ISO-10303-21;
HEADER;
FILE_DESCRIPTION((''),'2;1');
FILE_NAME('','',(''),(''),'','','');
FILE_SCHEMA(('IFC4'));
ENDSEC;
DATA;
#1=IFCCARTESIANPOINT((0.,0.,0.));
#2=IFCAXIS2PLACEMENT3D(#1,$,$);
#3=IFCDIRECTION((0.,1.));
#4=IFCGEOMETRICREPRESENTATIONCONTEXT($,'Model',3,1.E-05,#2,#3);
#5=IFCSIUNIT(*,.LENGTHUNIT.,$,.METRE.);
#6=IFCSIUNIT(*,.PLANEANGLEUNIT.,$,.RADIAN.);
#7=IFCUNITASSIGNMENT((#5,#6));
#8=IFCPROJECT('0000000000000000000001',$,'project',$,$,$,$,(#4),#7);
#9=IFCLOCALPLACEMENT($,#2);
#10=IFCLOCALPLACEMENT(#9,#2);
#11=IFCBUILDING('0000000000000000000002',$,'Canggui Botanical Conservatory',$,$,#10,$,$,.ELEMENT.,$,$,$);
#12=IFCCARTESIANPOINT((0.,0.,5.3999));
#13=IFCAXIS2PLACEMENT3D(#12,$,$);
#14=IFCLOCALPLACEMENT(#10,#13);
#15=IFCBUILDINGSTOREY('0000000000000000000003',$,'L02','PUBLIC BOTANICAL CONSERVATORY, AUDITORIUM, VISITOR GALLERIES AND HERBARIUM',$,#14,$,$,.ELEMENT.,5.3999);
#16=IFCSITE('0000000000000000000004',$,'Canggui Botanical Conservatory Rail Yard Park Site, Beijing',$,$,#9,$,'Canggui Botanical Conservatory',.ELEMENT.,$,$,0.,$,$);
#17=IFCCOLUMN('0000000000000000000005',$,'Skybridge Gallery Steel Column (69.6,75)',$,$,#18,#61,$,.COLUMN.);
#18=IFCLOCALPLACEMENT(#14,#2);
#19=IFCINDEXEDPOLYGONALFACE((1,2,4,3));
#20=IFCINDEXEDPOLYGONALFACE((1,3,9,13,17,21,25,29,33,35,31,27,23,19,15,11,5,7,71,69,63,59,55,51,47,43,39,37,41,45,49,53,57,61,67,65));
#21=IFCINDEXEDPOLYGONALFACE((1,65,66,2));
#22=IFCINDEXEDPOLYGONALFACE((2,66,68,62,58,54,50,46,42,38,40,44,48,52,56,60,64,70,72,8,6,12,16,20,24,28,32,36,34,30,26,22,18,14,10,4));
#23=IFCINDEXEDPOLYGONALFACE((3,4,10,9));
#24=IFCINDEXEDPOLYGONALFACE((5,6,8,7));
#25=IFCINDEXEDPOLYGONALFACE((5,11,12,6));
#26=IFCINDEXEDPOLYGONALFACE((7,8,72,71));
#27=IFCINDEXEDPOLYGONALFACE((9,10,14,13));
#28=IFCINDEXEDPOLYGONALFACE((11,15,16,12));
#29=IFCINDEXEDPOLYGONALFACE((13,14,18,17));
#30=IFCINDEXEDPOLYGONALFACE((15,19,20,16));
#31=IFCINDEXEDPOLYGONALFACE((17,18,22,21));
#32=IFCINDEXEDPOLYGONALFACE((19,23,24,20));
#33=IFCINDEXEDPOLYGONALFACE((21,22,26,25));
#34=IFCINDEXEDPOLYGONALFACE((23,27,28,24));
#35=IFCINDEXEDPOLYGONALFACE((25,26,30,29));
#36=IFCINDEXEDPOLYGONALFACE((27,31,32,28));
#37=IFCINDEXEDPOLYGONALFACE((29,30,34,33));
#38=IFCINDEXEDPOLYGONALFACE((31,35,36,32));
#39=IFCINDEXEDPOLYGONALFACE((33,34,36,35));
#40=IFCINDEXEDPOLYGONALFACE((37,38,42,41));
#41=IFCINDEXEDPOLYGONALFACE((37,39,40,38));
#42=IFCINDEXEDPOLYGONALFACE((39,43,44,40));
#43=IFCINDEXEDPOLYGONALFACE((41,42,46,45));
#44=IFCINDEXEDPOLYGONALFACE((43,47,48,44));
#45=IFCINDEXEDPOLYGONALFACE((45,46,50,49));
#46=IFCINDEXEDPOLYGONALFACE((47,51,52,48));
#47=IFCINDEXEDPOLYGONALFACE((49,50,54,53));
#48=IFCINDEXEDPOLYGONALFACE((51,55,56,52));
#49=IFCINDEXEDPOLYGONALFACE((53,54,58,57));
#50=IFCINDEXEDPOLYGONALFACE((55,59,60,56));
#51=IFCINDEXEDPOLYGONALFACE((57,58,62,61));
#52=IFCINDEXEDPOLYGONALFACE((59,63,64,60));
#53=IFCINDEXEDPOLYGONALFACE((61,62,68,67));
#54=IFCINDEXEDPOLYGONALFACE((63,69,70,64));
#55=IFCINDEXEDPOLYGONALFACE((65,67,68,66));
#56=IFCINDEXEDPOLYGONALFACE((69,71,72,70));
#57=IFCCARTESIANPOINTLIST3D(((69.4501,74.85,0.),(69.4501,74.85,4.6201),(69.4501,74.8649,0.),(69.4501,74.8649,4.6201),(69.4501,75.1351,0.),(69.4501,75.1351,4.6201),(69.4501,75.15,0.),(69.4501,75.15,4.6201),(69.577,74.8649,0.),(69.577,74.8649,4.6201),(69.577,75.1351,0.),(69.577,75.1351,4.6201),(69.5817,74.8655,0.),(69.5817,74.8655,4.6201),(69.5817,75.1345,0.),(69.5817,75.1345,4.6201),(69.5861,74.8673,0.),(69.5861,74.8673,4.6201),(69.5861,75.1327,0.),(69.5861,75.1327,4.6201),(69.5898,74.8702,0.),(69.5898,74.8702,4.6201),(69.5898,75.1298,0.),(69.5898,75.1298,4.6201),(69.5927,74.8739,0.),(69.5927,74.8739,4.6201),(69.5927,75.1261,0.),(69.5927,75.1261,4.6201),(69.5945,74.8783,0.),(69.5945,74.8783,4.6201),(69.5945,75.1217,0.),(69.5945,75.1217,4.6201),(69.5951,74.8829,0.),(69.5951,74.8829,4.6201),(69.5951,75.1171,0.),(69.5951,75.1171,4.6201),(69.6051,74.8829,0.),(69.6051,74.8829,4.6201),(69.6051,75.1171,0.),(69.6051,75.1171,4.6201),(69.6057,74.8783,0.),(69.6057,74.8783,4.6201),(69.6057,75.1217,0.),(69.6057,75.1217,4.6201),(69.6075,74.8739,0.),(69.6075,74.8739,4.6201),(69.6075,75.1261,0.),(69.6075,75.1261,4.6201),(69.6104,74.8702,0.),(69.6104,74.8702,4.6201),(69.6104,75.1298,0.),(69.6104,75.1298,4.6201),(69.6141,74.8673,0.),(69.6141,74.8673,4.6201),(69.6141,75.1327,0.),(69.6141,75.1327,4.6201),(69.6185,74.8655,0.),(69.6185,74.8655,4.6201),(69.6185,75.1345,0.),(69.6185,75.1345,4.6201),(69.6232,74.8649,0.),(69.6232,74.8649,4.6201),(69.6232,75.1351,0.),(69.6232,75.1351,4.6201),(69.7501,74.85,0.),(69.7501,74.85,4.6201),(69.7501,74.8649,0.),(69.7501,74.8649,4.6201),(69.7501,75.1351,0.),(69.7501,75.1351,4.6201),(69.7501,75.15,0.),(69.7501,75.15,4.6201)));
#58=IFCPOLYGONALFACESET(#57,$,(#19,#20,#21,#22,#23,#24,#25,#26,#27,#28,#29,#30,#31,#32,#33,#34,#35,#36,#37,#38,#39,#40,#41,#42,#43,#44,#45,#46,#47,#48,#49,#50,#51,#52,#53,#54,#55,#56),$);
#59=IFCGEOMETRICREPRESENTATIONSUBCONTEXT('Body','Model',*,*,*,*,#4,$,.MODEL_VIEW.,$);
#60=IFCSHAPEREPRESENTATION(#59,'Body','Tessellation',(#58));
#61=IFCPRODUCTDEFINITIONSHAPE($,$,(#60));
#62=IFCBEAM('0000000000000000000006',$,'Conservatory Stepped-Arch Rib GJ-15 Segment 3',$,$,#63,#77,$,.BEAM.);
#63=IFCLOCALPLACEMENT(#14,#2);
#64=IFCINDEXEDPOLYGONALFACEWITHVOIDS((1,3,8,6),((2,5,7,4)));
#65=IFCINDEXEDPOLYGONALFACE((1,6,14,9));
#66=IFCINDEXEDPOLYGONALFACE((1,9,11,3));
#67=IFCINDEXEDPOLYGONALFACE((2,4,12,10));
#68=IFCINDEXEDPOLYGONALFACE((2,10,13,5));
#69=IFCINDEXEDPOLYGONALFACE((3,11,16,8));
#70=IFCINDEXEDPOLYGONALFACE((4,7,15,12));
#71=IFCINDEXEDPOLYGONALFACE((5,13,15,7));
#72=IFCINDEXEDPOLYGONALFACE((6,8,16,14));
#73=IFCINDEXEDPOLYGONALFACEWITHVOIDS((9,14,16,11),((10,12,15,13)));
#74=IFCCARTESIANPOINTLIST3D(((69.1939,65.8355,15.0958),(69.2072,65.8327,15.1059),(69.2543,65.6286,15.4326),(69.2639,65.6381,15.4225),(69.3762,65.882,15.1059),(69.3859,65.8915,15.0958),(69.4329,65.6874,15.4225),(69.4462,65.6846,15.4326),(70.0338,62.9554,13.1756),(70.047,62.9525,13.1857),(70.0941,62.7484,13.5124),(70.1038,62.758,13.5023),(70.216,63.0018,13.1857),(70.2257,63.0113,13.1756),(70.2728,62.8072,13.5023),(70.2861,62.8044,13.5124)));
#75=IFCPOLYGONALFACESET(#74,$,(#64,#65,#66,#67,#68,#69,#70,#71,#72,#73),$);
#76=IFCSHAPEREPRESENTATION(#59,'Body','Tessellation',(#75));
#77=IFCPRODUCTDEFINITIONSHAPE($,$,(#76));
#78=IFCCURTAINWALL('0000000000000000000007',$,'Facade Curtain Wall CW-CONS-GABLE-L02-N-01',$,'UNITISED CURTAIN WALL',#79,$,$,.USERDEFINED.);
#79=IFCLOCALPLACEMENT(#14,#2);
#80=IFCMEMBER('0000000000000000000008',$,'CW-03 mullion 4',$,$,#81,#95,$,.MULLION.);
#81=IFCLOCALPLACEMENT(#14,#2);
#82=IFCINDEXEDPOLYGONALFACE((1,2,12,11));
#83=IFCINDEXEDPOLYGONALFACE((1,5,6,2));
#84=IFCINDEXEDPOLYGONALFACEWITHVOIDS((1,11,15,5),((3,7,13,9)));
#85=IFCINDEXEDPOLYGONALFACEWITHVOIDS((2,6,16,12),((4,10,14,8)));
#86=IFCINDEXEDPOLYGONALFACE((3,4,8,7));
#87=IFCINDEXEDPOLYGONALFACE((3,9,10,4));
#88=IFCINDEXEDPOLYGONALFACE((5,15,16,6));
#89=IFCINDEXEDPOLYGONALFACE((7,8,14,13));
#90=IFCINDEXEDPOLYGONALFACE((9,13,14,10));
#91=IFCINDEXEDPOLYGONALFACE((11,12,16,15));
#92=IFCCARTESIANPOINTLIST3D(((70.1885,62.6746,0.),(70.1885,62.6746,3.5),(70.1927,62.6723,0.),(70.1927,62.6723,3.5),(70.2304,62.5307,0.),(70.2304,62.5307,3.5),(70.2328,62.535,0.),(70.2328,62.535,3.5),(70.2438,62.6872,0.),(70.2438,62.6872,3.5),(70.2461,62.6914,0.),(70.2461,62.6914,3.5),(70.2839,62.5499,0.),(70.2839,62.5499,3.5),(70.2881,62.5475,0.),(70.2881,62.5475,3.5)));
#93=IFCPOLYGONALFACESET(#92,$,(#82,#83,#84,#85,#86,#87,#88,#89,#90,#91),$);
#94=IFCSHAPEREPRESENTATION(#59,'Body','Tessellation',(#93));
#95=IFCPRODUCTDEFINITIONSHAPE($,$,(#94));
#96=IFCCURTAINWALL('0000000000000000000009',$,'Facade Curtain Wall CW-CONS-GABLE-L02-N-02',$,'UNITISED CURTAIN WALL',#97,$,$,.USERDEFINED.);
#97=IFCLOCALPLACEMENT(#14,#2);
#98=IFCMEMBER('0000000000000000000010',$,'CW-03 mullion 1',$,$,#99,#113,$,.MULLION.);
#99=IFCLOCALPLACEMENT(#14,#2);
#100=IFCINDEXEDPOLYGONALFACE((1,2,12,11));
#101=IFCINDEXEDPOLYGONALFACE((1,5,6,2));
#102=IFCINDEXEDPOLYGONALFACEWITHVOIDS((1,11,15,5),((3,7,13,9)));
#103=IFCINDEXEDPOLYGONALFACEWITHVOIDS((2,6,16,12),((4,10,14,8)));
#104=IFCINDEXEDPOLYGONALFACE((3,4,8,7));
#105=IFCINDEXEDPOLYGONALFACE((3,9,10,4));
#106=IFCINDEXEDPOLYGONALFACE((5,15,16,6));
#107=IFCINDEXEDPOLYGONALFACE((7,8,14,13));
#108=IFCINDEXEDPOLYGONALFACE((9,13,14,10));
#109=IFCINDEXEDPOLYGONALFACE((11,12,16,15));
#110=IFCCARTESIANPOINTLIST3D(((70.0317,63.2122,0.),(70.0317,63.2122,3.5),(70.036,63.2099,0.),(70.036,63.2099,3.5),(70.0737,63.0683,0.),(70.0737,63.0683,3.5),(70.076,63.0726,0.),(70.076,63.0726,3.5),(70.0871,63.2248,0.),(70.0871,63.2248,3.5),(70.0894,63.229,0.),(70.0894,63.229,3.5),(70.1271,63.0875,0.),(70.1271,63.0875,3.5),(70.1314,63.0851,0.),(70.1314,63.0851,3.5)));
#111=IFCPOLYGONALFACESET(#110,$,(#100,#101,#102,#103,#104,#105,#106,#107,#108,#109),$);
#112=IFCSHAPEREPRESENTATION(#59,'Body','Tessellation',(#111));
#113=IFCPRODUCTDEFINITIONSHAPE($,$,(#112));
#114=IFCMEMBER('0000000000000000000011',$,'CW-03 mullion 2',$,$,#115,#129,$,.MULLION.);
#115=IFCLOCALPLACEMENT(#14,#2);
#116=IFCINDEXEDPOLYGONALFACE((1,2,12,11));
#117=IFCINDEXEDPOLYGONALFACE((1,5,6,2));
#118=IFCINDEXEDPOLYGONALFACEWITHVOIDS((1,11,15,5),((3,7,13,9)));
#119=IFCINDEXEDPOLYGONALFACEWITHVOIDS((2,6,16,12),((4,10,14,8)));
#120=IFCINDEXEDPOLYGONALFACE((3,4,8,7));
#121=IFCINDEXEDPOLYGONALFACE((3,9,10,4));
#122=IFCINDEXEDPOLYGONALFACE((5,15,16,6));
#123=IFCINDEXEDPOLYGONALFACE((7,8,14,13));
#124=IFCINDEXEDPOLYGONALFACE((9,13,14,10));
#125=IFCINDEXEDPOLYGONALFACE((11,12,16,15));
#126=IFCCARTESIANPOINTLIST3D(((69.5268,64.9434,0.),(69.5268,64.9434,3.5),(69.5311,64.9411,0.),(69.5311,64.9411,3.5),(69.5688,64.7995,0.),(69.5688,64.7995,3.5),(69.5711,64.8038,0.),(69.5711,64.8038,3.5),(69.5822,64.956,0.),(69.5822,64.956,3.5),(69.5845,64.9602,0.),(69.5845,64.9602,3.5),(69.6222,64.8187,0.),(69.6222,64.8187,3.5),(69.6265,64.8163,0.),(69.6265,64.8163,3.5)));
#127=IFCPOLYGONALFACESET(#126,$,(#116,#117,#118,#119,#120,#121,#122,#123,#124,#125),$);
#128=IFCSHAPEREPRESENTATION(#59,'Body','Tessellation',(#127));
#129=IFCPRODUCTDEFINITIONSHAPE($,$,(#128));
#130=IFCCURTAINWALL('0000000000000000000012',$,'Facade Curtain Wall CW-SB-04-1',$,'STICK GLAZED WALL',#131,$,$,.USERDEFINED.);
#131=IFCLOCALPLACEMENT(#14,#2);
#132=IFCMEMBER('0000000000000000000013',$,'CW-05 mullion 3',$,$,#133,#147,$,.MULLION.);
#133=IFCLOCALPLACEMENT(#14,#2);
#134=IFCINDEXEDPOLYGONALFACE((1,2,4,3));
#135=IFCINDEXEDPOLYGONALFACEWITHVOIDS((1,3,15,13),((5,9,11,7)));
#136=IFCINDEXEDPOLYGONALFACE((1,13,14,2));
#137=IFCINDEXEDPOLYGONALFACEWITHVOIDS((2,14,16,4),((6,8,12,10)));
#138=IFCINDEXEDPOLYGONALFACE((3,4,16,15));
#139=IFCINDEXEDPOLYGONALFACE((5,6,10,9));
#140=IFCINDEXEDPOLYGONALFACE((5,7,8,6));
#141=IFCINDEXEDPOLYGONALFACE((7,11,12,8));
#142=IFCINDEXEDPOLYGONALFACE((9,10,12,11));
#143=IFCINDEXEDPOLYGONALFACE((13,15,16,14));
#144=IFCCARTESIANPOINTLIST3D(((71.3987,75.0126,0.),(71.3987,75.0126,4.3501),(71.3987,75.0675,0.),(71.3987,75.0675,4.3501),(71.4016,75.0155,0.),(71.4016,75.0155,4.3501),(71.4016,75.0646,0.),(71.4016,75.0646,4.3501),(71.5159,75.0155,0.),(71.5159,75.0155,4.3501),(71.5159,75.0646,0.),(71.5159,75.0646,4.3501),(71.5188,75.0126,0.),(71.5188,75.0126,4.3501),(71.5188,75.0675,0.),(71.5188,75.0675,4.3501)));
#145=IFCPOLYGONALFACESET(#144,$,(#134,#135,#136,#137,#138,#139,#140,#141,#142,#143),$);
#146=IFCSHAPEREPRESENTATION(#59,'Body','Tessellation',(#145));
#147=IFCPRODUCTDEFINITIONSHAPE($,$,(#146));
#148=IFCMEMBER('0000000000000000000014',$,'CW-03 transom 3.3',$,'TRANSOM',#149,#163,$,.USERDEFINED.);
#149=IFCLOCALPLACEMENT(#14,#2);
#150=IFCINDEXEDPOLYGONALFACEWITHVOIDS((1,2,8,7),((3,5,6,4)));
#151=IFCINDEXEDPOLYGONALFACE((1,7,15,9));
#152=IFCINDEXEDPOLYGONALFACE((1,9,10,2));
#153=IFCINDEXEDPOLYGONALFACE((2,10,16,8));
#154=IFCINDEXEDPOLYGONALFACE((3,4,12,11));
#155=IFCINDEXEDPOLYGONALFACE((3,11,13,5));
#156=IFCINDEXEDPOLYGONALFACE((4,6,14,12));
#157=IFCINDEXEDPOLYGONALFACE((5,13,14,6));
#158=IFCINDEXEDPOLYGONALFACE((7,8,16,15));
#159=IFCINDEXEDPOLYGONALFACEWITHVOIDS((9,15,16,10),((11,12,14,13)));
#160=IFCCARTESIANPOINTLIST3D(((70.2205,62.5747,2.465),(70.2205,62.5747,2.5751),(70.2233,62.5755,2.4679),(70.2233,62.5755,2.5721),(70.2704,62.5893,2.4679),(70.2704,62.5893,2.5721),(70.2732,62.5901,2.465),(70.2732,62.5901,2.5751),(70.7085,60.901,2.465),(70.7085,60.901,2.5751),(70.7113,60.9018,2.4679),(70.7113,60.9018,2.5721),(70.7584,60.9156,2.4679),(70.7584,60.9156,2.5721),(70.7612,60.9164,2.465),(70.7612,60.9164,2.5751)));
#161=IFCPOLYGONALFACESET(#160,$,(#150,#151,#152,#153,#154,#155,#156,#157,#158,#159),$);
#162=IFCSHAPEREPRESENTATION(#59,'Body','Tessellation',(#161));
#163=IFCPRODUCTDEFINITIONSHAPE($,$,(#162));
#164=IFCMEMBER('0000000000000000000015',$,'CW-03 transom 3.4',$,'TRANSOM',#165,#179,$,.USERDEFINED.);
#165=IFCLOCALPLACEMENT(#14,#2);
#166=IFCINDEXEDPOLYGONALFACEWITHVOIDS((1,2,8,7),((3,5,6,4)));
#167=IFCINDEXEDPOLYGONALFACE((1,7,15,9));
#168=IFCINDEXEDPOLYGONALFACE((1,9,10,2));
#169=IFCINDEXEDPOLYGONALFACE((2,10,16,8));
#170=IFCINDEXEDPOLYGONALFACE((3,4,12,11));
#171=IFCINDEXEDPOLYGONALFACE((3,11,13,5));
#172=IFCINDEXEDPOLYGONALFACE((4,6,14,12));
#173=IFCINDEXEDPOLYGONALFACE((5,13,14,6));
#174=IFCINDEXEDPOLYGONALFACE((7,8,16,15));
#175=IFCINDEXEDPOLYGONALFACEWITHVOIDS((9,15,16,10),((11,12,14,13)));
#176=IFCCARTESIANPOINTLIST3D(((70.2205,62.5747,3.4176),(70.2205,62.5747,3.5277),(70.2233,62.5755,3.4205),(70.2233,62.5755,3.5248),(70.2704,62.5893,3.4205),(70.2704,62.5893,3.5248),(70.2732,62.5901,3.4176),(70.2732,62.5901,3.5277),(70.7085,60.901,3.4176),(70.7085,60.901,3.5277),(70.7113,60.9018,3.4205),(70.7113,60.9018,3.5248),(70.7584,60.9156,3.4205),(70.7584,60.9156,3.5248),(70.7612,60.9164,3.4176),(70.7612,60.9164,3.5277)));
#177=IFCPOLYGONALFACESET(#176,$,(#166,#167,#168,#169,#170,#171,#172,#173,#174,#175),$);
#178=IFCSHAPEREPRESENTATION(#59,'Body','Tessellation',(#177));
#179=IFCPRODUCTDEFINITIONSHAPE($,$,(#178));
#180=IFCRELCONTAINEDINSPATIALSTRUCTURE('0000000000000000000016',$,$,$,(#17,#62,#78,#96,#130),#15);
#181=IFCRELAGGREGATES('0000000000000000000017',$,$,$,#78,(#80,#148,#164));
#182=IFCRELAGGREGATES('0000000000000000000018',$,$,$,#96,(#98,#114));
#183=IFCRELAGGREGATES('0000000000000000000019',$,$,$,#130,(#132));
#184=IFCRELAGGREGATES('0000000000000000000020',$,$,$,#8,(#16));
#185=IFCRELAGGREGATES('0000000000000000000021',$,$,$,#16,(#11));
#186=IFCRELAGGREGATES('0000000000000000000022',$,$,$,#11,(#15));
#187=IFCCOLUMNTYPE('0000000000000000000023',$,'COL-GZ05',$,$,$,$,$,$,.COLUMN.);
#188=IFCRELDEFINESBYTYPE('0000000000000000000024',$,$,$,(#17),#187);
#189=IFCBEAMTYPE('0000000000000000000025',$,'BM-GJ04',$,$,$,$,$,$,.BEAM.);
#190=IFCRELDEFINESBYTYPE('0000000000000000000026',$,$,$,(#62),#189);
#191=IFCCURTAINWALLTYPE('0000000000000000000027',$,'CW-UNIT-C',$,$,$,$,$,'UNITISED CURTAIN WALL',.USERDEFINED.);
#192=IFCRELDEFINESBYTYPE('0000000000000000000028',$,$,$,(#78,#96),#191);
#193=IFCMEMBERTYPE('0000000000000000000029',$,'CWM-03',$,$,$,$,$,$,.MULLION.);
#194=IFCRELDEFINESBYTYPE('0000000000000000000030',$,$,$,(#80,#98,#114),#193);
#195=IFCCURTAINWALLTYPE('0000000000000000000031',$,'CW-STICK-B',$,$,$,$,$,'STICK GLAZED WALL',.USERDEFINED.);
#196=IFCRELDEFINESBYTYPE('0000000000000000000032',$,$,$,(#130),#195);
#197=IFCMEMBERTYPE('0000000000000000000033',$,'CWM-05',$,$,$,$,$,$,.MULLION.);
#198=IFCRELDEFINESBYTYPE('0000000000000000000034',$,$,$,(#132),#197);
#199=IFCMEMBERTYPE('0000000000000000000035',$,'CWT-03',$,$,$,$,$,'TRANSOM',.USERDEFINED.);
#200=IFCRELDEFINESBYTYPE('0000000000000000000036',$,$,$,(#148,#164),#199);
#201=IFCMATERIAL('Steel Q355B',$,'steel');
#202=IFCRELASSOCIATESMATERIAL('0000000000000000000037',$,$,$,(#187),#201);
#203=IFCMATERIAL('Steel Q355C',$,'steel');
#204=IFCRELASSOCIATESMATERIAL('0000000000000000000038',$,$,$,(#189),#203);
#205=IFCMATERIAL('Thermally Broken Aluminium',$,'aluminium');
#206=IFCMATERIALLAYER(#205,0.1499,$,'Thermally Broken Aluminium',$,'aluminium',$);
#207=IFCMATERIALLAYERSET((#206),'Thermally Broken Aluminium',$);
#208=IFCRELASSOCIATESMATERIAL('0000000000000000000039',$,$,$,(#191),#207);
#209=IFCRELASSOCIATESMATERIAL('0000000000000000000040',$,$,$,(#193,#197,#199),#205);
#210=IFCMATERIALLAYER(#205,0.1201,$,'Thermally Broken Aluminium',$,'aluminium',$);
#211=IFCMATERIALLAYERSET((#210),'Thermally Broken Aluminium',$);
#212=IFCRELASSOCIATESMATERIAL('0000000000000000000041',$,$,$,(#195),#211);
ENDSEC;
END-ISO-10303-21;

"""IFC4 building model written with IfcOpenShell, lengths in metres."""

from ifc_helpers import new_model, si_unit, direction, frame, origin, origin_2d, place, context, subcontext, project, spatial, hollow_rectangle, i_section, extrude, material, layer, layer_set, material_profile, profile_set, type_object, element, aggregate, save


model = new_model("IFC4")

# Units and contexts
model_context = context("Model", 3, precision=1e-05, world=origin(), true_north=direction((0.0, 1.0)))
body_context = subcontext(model_context, "Body", "Model", "MODEL_VIEW")
ifc_project = project(units=[si_unit("LENGTHUNIT", "METRE"), si_unit("PLANEANGLEUNIT", "RADIAN")], contexts=[model_context])

# Site, building, storey
site_placement = place(None, origin())
site = spatial("IfcSite", under=ifc_project, at=site_placement, Name="Canggui Botanical Conservatory Rail Yard Park Site, Beijing", LongName="Canggui Botanical Conservatory", CompositionType="ELEMENT", RefElevation=0.0)
building_placement = place(site_placement, origin())
building = spatial("IfcBuilding", under=site, at=building_placement, Name="Canggui Botanical Conservatory", CompositionType="ELEMENT")
storey_placement = place(building_placement, frame((0.0, 0.0, 5.3999)))
storey = spatial("IfcBuildingStorey", under=building, at=storey_placement, Name="L02", Description="PUBLIC BOTANICAL CONSERVATORY, AUDITORIUM, VISITOR GALLERIES AND HERBARIUM", CompositionType="ELEMENT", Elevation=5.3999)

# Column
ifc_material_1 = material(Name="Steel Q355B", Category="steel")
ifc_material_profile_1 = material_profile(ifc_material_1, i_section(OverallWidth=0.3, OverallDepth=0.3, WebThickness=0.01, FlangeThickness=0.0149, FilletRadius=0.0181, at=origin_2d()), Name="HW 300x300x10x15")
ifc_profile_set_1 = profile_set([ifc_material_profile_1], Name="Steel Q355B")
column_type = type_object("IfcColumnType", Name="COL-GZ05", PredefinedType="COLUMN", material=ifc_profile_set_1)
column_placement = place(storey_placement, frame((69.6001, 75.0, 0.0), z_axis=(0.0, 0.0, 1.0), x_axis=(1.0, 0.0, 0.0)))
element("IfcColumn", 1, at=column_placement, inside=storey, type_object=column_type, Name="Skybridge Gallery Steel Column (69.6,75)", PredefinedType="COLUMN", context=body_context, shape_type="SweptSolid", body=[
    extrude(i_section(OverallWidth=0.3, OverallDepth=0.3, WebThickness=0.01, FlangeThickness=0.0149, FilletRadius=0.0181, at=origin_2d()), origin(), (0.0, 0.0, 1.0), 4.6201),
])

# Beam
ifc_material_2 = material(Name="Steel Q355C", Category="steel")
ifc_material_profile_2 = material_profile(ifc_material_2, hollow_rectangle(XDim=0.2, YDim=0.3999, WallThickness=0.012, at=origin_2d()), Name="RHS 200x400x12")
ifc_profile_set_2 = profile_set([ifc_material_profile_2], Name="Steel Q355C")
beam_type = type_object("IfcBeamType", Name="BM-GJ04", PredefinedType="BEAM", material=ifc_profile_set_2)
beam_placement = place(storey_placement, frame((70.1599, 62.8799, 13.344), z_axis=(-0.235782, 0.808581, 0.539077), x_axis=(-0.960017, -0.279941, 0.0)))
element("IfcBeam", 2, at=beam_placement, inside=storey, type_object=beam_type, Name="Conservatory Stepped-Arch Rib GJ-15 Segment 3", PredefinedType="BEAM", context=body_context, shape_type="SweptSolid", body=[
    extrude(hollow_rectangle(XDim=0.2, YDim=0.3999, WallThickness=0.012, at=origin_2d()), origin(), (0.0, 0.0, 1.0), 3.562),
])

# Curtain wall, member
ifc_material_3 = material(Name="Thermally Broken Aluminium", Category="aluminium")
ifc_layer_1 = layer(ifc_material_3, 0.1499, Name="Thermally Broken Aluminium", Category="aluminium")
ifc_layer_set_1 = layer_set([ifc_layer_1], Name="Thermally Broken Aluminium")
curtain_wall_type_1 = type_object("IfcCurtainWallType", Name="CW-UNIT-C", ElementType="UNITISED CURTAIN WALL", PredefinedType="USERDEFINED", material=ifc_layer_set_1)
curtain_wall_1_placement = place(storey_placement, origin())
curtain_wall_1 = element("IfcCurtainWall", 3, at=curtain_wall_1_placement, inside=storey, type_object=curtain_wall_type_1, Name="Facade Curtain Wall CW-CONS-GABLE-L02-N-01", ObjectType="UNITISED CURTAIN WALL", PredefinedType="USERDEFINED")
ifc_material_profile_3 = material_profile(ifc_material_3, hollow_rectangle(XDim=0.0601, YDim=0.1499, WallThickness=0.0034, at=origin_2d()), Name="CWM 60x150x3.5")
ifc_profile_set_3 = profile_set([ifc_material_profile_3], Name="Thermally Broken Aluminium")
member_type_1 = type_object("IfcMemberType", Name="CWM-03", PredefinedType="MULLION", material=ifc_profile_set_3)
member_1_placement = place(storey_placement, frame((70.2383, 62.6111, 0.0), z_axis=(0.0, 0.0, 1.0), x_axis=(-0.96, -0.28, 0.0)))
member_1 = element("IfcMember", 4, at=member_1_placement, type_object=member_type_1, Name="CW-03 mullion 4", PredefinedType="MULLION", context=body_context, shape_type="SweptSolid", body=[
    extrude(hollow_rectangle(XDim=0.0601, YDim=0.1499, WallThickness=0.0034, at=origin_2d()), origin(), (0.0, 0.0, 1.0), 3.5),
])

# Curtain wall, members
curtain_wall_2_placement = place(storey_placement, origin())
curtain_wall_2 = element("IfcCurtainWall", 5, at=curtain_wall_2_placement, inside=storey, type_object=curtain_wall_type_1, Name="Facade Curtain Wall CW-CONS-GABLE-L02-N-02", ObjectType="UNITISED CURTAIN WALL", PredefinedType="USERDEFINED")
member_2_placement = place(storey_placement, frame((70.0815, 63.1487, 0.0), z_axis=(0.0, 0.0, 1.0), x_axis=(-0.96, -0.28, 0.0)))
member_2 = element("IfcMember", 6, at=member_2_placement, type_object=member_type_1, Name="CW-03 mullion 1", PredefinedType="MULLION", context=body_context, shape_type="SweptSolid", body=[
    extrude(hollow_rectangle(XDim=0.0601, YDim=0.1499, WallThickness=0.0034, at=origin_2d()), origin(), (0.0, 0.0, 1.0), 3.5),
])
member_3_placement = place(storey_placement, frame((69.5767, 64.8799, 0.0), z_axis=(0.0, 0.0, 1.0), x_axis=(-0.96, -0.28, 0.0)))
member_3 = element("IfcMember", 7, at=member_3_placement, type_object=member_type_1, Name="CW-03 mullion 2", PredefinedType="MULLION", context=body_context, shape_type="SweptSolid", body=[
    extrude(hollow_rectangle(XDim=0.0601, YDim=0.1499, WallThickness=0.0034, at=origin_2d()), origin(), (0.0, 0.0, 1.0), 3.5),
])

# Curtain wall, member
ifc_layer_2 = layer(ifc_material_3, 0.1201, Name="Thermally Broken Aluminium", Category="aluminium")
ifc_layer_set_2 = layer_set([ifc_layer_2], Name="Thermally Broken Aluminium")
curtain_wall_type_2 = type_object("IfcCurtainWallType", Name="CW-STICK-B", ElementType="STICK GLAZED WALL", PredefinedType="USERDEFINED", material=ifc_layer_set_2)
curtain_wall_3_placement = place(storey_placement, origin())
curtain_wall_3 = element("IfcCurtainWall", 8, at=curtain_wall_3_placement, inside=storey, type_object=curtain_wall_type_2, Name="Facade Curtain Wall CW-SB-04-1", ObjectType="STICK GLAZED WALL", PredefinedType="USERDEFINED")
ifc_material_profile_4 = material_profile(ifc_material_3, hollow_rectangle(XDim=0.0549, YDim=0.1201, WallThickness=0.0029, at=origin_2d()), Name="CWM 55x120x3")
ifc_profile_set_4 = profile_set([ifc_material_profile_4], Name="Thermally Broken Aluminium")
member_type_2 = type_object("IfcMemberType", Name="CWM-05", PredefinedType="MULLION", material=ifc_profile_set_4)
member_4_placement = place(storey_placement, frame((71.4587, 75.04, 0.0), z_axis=(0.0, 0.0, 1.0), x_axis=(0.0, 1.0, 0.0)))
member_4 = element("IfcMember", 9, at=member_4_placement, type_object=member_type_2, Name="CW-05 mullion 3", PredefinedType="MULLION", context=body_context, shape_type="SweptSolid", body=[
    extrude(hollow_rectangle(XDim=0.0549, YDim=0.1201, WallThickness=0.0029, at=origin_2d()), origin(), (0.0, 0.0, 1.0), 4.3501),
])

# Members
ifc_material_profile_5 = material_profile(ifc_material_3, hollow_rectangle(XDim=0.0549, YDim=0.1101, WallThickness=0.0029, at=origin_2d()), Name="CWT 55x110x3")
ifc_profile_set_5 = profile_set([ifc_material_profile_5], Name="Thermally Broken Aluminium")
member_type_3 = type_object("IfcMemberType", Name="CWT-03", ElementType="TRANSOM", PredefinedType="USERDEFINED", material=ifc_profile_set_5)
member_5_placement = place(storey_placement, frame((70.7349, 60.9087, 2.52), z_axis=(-0.279914, 0.960025, 0.0), x_axis=(-0.960025, -0.279914, 0.0)))
member_5 = element("IfcMember", 10, at=member_5_placement, type_object=member_type_3, Name="CW-03 transom 3.3", ObjectType="TRANSOM", PredefinedType="USERDEFINED", context=body_context, shape_type="SweptSolid", body=[
    extrude(hollow_rectangle(XDim=0.0549, YDim=0.1101, WallThickness=0.0029, at=origin_2d()), origin(), (0.0, 0.0, 1.0), 1.7434),
])
member_6_placement = place(storey_placement, frame((70.7349, 60.9087, 3.4727), z_axis=(-0.279914, 0.960025, 0.0), x_axis=(-0.960025, -0.279914, 0.0)))
member_6 = element("IfcMember", 11, at=member_6_placement, type_object=member_type_3, Name="CW-03 transom 3.4", ObjectType="TRANSOM", PredefinedType="USERDEFINED", context=body_context, shape_type="SweptSolid", body=[
    extrude(hollow_rectangle(XDim=0.0549, YDim=0.1101, WallThickness=0.0029, at=origin_2d()), origin(), (0.0, 0.0, 1.0), 1.7434),
])

aggregate(curtain_wall_1, [member_1, member_5, member_6])
aggregate(curtain_wall_2, [member_2, member_3])
aggregate(curtain_wall_3, [member_4])

save(model, "model.ifc")
